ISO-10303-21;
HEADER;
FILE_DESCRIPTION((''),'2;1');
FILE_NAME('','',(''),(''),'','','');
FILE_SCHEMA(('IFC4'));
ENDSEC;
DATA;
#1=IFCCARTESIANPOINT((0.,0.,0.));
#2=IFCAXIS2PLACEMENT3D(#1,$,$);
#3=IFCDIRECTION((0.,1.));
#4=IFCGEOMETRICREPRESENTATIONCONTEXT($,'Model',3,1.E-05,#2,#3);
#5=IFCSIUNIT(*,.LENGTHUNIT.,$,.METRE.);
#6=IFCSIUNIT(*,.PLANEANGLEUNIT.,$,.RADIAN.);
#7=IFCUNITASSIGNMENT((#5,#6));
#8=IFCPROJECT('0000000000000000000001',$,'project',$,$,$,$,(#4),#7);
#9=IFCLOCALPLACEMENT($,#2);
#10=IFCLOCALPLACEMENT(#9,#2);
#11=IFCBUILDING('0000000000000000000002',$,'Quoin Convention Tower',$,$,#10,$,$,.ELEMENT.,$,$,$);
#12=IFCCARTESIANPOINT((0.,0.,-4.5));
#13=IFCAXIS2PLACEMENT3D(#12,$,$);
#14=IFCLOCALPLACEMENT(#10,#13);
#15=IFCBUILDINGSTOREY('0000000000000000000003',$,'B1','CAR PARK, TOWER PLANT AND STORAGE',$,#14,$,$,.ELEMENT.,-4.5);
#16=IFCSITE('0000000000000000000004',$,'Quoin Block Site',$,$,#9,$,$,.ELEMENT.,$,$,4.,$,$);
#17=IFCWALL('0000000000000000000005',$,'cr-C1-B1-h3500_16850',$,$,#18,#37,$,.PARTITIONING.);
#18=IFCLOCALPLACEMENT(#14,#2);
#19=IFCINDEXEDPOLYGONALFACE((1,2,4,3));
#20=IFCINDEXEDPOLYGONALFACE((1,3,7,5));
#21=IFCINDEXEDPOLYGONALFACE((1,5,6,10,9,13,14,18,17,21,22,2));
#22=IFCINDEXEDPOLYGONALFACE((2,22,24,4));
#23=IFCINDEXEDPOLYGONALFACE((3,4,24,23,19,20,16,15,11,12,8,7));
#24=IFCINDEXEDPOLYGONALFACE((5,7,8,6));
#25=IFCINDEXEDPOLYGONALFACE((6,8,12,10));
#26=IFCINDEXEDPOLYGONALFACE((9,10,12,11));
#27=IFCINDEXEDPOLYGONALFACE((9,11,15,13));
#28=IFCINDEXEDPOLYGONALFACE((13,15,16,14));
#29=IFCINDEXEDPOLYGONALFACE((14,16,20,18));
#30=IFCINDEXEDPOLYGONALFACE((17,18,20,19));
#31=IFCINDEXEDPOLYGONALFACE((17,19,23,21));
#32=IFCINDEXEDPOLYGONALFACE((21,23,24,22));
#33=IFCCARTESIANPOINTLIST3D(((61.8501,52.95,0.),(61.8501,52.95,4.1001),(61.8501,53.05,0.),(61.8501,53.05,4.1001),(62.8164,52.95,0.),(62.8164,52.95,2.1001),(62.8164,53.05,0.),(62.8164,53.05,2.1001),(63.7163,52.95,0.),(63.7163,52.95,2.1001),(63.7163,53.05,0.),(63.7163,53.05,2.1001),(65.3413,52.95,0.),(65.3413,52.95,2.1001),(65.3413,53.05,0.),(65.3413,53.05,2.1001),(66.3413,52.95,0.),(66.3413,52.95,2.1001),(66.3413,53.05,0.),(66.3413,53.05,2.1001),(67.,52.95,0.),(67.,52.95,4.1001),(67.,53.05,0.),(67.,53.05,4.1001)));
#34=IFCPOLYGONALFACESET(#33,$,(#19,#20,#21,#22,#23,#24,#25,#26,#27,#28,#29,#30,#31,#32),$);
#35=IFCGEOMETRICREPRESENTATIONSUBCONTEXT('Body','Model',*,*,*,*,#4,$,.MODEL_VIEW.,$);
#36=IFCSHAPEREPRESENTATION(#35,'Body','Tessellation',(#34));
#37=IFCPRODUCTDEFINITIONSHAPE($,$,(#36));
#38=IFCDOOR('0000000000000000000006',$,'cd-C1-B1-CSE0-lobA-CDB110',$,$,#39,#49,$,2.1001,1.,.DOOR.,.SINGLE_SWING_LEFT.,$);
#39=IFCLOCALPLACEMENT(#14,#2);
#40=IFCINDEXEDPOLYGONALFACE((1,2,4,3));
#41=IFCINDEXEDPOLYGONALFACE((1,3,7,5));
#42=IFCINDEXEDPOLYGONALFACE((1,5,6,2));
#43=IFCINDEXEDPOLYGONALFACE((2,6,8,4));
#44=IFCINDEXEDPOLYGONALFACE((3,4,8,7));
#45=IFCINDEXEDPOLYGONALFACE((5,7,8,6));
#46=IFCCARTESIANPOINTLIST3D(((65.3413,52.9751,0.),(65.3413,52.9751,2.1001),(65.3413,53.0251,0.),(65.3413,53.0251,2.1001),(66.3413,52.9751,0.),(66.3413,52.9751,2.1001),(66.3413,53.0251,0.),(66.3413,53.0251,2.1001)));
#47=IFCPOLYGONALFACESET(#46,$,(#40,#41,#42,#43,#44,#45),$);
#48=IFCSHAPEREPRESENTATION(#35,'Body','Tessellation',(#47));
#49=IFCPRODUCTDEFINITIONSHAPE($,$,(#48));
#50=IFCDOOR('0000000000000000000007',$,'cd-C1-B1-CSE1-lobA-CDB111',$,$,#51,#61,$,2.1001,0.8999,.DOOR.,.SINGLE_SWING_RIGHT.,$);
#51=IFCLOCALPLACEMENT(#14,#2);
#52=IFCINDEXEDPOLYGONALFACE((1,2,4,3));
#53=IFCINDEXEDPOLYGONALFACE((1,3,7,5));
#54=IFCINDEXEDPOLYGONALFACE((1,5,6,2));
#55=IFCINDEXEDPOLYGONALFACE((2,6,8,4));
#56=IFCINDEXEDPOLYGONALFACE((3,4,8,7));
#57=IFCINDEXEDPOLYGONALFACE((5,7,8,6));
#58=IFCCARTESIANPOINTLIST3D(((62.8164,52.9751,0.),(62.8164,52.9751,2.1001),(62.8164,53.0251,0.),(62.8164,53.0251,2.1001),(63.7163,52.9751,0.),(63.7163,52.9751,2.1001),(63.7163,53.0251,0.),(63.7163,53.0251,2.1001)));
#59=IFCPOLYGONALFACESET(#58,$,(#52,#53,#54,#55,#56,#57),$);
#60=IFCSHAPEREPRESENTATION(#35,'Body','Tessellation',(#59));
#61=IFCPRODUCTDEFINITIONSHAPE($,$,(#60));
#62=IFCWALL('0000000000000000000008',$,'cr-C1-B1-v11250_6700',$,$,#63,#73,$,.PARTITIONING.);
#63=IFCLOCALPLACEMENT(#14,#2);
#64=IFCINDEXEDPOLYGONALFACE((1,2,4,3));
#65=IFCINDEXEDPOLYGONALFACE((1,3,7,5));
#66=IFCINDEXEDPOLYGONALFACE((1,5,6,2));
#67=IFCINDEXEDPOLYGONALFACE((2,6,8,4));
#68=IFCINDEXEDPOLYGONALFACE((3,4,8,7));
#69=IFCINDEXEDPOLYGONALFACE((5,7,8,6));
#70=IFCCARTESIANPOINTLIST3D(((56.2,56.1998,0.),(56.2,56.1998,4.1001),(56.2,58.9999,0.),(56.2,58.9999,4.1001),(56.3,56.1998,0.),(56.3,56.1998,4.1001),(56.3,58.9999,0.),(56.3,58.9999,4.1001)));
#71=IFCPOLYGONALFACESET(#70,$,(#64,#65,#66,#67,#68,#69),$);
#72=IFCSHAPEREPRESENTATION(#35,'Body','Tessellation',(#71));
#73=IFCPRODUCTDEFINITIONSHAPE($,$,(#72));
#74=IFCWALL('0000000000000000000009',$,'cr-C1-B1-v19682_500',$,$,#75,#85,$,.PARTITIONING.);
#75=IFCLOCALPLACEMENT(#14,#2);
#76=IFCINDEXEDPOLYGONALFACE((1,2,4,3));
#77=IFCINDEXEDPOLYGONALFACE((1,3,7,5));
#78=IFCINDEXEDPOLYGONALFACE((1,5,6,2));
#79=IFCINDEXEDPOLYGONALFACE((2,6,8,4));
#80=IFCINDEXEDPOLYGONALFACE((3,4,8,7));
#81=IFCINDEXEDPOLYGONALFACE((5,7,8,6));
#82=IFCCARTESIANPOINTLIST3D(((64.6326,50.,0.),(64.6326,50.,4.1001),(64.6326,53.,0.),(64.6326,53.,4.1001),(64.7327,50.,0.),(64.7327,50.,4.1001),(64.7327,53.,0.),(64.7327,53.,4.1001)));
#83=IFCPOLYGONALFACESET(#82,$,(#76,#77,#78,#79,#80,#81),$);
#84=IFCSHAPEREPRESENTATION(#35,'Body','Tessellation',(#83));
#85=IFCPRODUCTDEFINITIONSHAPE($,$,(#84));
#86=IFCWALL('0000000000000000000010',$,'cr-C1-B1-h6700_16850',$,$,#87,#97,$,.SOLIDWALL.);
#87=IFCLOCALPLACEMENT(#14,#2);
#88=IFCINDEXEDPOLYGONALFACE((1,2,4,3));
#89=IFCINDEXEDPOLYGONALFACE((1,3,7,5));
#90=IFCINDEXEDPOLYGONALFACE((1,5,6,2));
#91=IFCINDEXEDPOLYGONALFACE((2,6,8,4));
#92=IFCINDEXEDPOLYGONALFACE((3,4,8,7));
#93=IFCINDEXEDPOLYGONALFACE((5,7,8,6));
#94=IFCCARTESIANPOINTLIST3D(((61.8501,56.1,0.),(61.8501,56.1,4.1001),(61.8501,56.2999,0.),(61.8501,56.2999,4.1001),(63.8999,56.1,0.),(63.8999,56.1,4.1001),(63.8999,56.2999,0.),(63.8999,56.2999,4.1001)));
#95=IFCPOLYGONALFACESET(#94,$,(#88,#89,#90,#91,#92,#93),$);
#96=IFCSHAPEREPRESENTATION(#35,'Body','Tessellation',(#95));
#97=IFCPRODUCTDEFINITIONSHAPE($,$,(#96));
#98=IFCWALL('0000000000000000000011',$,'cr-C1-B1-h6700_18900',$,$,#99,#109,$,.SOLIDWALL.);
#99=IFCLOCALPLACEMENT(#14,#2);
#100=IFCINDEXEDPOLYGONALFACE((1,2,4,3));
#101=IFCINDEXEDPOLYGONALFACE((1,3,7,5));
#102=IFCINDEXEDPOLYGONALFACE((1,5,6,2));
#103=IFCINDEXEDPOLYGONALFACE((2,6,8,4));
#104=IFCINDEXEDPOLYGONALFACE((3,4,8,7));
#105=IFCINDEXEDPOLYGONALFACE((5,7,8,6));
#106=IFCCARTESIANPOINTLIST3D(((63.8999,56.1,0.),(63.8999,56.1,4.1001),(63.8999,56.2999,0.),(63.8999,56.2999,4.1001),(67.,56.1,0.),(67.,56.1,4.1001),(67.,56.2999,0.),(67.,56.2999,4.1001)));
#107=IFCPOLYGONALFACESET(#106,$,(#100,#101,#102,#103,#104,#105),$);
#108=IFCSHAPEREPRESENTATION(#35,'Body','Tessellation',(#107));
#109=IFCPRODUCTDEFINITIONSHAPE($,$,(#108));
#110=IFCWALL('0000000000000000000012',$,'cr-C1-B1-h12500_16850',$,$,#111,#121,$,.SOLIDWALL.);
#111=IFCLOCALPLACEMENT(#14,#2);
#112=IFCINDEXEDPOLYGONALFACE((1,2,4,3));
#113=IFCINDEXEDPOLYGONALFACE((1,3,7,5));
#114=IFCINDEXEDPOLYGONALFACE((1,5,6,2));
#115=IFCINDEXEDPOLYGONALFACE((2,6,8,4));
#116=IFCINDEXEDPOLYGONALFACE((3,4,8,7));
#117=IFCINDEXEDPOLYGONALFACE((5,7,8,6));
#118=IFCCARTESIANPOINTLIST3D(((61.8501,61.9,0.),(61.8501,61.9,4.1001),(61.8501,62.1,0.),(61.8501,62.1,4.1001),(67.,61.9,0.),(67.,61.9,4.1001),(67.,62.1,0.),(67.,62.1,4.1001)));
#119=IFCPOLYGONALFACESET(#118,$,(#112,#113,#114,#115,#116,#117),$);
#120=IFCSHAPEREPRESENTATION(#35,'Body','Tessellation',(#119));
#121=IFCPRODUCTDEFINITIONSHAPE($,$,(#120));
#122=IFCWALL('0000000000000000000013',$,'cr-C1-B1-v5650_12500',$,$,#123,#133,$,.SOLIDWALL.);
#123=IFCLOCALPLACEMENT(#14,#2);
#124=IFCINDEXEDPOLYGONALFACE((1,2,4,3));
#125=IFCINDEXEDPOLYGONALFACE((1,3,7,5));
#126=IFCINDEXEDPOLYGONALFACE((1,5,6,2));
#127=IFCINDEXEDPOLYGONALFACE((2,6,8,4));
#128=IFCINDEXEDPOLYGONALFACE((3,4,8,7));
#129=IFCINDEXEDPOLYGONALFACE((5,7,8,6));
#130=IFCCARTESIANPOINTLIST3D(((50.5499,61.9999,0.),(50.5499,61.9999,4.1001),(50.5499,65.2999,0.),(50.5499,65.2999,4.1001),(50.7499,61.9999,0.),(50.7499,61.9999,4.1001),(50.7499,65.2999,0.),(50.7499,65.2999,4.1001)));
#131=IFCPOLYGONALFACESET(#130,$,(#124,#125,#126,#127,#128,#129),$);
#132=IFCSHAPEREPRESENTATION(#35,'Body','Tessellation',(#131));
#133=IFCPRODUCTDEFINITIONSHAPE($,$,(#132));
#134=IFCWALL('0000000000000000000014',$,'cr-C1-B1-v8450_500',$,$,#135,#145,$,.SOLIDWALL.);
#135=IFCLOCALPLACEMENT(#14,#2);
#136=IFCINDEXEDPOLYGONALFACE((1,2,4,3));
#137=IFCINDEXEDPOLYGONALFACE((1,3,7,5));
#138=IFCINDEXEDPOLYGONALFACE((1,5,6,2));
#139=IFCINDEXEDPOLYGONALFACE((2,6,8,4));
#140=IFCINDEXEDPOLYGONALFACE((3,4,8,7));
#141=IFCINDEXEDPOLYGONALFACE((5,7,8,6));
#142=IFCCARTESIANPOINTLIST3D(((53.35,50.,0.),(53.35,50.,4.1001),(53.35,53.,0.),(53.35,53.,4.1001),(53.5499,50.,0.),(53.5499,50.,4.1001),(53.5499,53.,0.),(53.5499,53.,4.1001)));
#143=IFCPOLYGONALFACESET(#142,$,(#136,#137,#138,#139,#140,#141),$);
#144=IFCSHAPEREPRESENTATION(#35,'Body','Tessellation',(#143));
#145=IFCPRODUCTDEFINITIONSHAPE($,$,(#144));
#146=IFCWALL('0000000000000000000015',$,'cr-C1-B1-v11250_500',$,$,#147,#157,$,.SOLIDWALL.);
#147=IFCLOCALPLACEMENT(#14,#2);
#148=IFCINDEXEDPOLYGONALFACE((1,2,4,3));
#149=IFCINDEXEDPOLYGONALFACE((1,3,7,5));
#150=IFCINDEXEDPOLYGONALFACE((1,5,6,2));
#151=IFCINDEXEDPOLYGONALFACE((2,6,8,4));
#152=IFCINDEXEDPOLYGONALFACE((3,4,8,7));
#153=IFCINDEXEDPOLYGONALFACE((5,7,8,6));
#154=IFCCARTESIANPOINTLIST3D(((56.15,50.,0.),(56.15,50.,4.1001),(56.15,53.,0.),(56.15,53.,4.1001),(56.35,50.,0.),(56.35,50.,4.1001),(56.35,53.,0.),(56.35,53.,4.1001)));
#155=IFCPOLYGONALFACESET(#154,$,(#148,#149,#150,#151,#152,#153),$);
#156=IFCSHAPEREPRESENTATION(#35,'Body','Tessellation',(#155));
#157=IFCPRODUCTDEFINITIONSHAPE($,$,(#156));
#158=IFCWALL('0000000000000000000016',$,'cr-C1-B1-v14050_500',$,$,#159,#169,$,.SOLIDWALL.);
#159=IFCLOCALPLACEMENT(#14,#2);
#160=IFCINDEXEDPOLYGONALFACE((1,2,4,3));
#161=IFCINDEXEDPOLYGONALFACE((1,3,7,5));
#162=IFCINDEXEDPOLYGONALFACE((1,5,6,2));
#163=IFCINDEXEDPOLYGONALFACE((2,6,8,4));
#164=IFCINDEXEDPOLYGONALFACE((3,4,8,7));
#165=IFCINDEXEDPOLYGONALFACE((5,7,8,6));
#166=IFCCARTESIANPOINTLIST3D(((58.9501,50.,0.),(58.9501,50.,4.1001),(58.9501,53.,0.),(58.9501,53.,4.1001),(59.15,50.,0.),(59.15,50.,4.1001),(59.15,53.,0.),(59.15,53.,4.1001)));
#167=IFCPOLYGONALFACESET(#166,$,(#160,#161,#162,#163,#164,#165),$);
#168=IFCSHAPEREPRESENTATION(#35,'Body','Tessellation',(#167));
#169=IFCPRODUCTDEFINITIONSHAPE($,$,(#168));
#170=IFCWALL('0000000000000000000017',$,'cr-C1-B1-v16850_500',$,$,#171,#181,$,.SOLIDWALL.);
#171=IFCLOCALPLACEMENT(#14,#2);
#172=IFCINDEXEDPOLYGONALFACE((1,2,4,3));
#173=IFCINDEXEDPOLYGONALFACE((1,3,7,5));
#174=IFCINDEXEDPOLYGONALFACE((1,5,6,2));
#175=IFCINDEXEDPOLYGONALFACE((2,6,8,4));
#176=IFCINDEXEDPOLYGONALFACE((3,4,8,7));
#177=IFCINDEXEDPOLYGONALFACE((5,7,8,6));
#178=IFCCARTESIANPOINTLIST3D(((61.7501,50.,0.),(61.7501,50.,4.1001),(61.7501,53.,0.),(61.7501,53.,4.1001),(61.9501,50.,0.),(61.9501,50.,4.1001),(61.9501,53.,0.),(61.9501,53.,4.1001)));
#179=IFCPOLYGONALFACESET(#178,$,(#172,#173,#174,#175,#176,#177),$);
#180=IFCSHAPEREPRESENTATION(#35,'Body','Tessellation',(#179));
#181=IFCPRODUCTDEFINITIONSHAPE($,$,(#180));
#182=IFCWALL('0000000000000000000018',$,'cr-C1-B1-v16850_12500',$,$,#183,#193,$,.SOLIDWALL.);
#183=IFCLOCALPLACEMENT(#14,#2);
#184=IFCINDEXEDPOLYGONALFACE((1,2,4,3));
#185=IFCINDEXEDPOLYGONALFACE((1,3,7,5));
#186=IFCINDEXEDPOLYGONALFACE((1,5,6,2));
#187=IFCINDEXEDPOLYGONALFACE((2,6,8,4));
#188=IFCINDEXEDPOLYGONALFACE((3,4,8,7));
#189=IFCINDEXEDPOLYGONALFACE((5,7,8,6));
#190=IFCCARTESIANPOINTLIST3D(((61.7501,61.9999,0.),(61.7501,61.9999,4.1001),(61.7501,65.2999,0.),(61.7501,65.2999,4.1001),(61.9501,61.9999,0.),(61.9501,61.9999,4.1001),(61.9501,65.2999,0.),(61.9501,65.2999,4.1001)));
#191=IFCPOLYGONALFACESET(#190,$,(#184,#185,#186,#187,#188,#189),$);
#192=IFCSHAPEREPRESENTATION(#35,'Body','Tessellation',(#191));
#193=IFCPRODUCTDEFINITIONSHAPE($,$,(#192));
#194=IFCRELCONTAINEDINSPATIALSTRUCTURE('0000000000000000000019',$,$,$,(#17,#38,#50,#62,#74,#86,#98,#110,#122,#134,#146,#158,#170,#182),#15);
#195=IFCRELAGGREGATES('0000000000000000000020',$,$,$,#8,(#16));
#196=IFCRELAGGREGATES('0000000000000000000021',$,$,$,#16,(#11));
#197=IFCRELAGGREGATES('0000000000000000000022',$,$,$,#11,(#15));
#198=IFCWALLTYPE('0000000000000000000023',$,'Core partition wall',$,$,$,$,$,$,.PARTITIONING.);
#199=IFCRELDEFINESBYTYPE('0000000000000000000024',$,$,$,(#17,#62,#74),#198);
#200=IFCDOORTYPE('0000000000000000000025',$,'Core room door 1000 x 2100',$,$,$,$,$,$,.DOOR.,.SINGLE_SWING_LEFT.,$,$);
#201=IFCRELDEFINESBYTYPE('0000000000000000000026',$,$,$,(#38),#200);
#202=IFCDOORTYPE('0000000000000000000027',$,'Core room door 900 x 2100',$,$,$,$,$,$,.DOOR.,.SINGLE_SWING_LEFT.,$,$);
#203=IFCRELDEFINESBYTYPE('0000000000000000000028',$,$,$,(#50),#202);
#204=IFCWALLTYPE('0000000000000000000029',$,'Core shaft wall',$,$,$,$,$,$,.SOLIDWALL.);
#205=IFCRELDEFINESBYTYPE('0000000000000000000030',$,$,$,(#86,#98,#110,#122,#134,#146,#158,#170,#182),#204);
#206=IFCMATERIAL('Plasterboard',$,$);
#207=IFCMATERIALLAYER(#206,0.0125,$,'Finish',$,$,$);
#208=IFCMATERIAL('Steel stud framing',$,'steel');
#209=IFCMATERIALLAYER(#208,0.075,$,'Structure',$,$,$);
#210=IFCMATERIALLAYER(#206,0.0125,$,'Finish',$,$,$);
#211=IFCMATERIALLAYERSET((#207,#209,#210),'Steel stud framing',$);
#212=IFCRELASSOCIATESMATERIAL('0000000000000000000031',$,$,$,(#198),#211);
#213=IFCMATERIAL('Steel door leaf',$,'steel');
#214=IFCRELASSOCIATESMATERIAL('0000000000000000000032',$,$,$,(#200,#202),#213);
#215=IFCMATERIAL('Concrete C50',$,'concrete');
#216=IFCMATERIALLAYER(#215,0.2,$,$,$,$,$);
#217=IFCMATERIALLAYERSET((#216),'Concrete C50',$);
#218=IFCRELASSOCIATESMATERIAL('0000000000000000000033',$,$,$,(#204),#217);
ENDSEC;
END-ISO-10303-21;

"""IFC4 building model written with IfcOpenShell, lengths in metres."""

from ifc_helpers import new_model, si_unit, direction, frame, frame_2d, origin, place, context, subcontext, project, spatial, rectangle, extrude, material, layer, layer_set, type_object, element, fill, save


model = new_model("IFC4")

# Units and contexts
model_context = context("Model", 3, precision=1e-05, world=origin(), true_north=direction((0.0, 1.0)))
body_context = subcontext(model_context, "Body", "Model", "MODEL_VIEW")
ifc_project = project(units=[si_unit("LENGTHUNIT", "METRE"), si_unit("PLANEANGLEUNIT", "RADIAN")], contexts=[model_context])

# Site, building, storey
site_placement = place(None, origin())
site = spatial("IfcSite", under=ifc_project, at=site_placement, Name="Quoin Block Site", CompositionType="ELEMENT", RefElevation=4.0)
building_placement = place(site_placement, origin())
building = spatial("IfcBuilding", under=site, at=building_placement, Name="Quoin Convention Tower", CompositionType="ELEMENT")
storey_placement = place(building_placement, frame((0.0, 0.0, -4.5)))
storey = spatial("IfcBuildingStorey", under=building, at=storey_placement, Name="B1", Description="CAR PARK, TOWER PLANT AND STORAGE", CompositionType="ELEMENT", Elevation=-4.5)

# Wall, openings, doors
ifc_material_1 = material(Name="Plasterboard")
ifc_layer_1 = layer(ifc_material_1, 0.0125, Name="Finish")
ifc_material_2 = material(Name="Steel stud framing", Category="steel")
ifc_layer_2 = layer(ifc_material_2, 0.075, Name="Structure")
ifc_layer_3 = layer(ifc_material_1, 0.0125, Name="Finish")
ifc_layer_set_1 = layer_set([ifc_layer_1, ifc_layer_2, ifc_layer_3], Name="Steel stud framing")
wall_type_1 = type_object("IfcWallType", Name="Core partition wall", PredefinedType="PARTITIONING", material=ifc_layer_set_1)
wall_1_placement = place(storey_placement, frame((61.8501, 53.0, 0.0), z_axis=(0.0, 0.0, 1.0), x_axis=(1.0, 0.0, 0.0)))
wall_1 = element("IfcWall", 1, at=wall_1_placement, inside=storey, type_object=wall_type_1, Name="cr-C1-B1-h3500_16850", PredefinedType="PARTITIONING", context=body_context, shape_type="SweptSolid", body=[
    extrude(rectangle(XDim=5.1499, YDim=0.1001, at=frame_2d((2.575, 0.0))), origin(), (0.0, 0.0, 1.0), 4.1001),
])
opening_1_placement = place(wall_1_placement, frame((3.4912, 0.0, 0.0)))
opening_1 = element("IfcOpeningElement", 2, at=opening_1_placement, cuts=wall_1, PredefinedType="OPENING", context=body_context, shape_type="SweptSolid", body=[
    extrude(rectangle(XDim=1.0, YDim=2.1001, at=frame_2d((0.5, 1.05))), frame((0.0, 0.0601, 0.0), z_axis=(0.0, -1.0, 0.0), x_axis=(1.0, 0.0, 0.0)), (0.0, 0.0, 1.0), 0.1201),
])
opening_2_placement = place(wall_1_placement, frame((0.9663, 0.0, 0.0)))
opening_2 = element("IfcOpeningElement", 3, at=opening_2_placement, cuts=wall_1, PredefinedType="OPENING", context=body_context, shape_type="SweptSolid", body=[
    extrude(rectangle(XDim=0.8999, YDim=2.1001, at=frame_2d((0.45, 1.05))), frame((0.0, 0.0601, 0.0), z_axis=(0.0, -1.0, 0.0), x_axis=(1.0, 0.0, 0.0)), (0.0, 0.0, 1.0), 0.1201),
])
ifc_material_3 = material(Name="Steel door leaf", Category="steel")
door_type_1 = type_object("IfcDoorType", Name="Core room door 1000 x 2100", OperationType="SINGLE_SWING_LEFT", PredefinedType="DOOR", material=ifc_material_3)
door_1_placement = place(opening_1_placement, frame((1.0, 0.0, 0.0), z_axis=(0.0, 0.0, 1.0), x_axis=(-1.0, 0.0, 0.0)))
door_1 = element("IfcDoor", 4, at=door_1_placement, inside=storey, type_object=door_type_1, Name="cd-C1-B1-CSE0-lobA-CDB110", OperationType="SINGLE_SWING_LEFT", OverallHeight=2.1001, OverallWidth=1.0, PredefinedType="DOOR", context=body_context, shape_type="SweptSolid", body=[
    extrude(rectangle(XDim=1.0, YDim=2.1001, at=frame_2d((0.5, 1.05))), frame((0.0, 0.0249, 0.0), z_axis=(0.0, -1.0, 0.0), x_axis=(1.0, 0.0, 0.0)), (0.0, 0.0, 1.0), 0.05),
])
fill(opening_1, door_1)
door_type_2 = type_object("IfcDoorType", Name="Core room door 900 x 2100", OperationType="SINGLE_SWING_LEFT", PredefinedType="DOOR", material=ifc_material_3)
door_2_placement = place(opening_2_placement, frame((0.8999, 0.0, 0.0), z_axis=(0.0, 0.0, 1.0), x_axis=(-1.0, 0.0, 0.0)))
door_2 = element("IfcDoor", 5, at=door_2_placement, inside=storey, type_object=door_type_2, Name="cd-C1-B1-CSE1-lobA-CDB111", OperationType="SINGLE_SWING_RIGHT", OverallHeight=2.1001, OverallWidth=0.8999, PredefinedType="DOOR", context=body_context, shape_type="SweptSolid", body=[
    extrude(rectangle(XDim=0.8999, YDim=2.1001, at=frame_2d((0.45, 1.05))), frame((0.0, 0.0249, 0.0), z_axis=(0.0, -1.0, 0.0), x_axis=(1.0, 0.0, 0.0)), (0.0, 0.0, 1.0), 0.05),
])
fill(opening_2, door_2)

# Walls
wall_2_placement = place(storey_placement, frame((56.25, 56.2, 0.0), z_axis=(0.0, 0.0, 1.0), x_axis=(0.0, 1.0, 0.0)))
element("IfcWall", 6, at=wall_2_placement, inside=storey, type_object=wall_type_1, Name="cr-C1-B1-v11250_6700", PredefinedType="PARTITIONING", context=body_context, shape_type="SweptSolid", body=[
    extrude(rectangle(XDim=2.8, YDim=0.1001, at=frame_2d((1.3999, 0.0))), origin(), (0.0, 0.0, 1.0), 4.1001),
])
wall_3_placement = place(storey_placement, frame((64.6826, 50.0, 0.0), z_axis=(0.0, 0.0, 1.0), x_axis=(0.0, 1.0, 0.0)))
element("IfcWall", 7, at=wall_3_placement, inside=storey, type_object=wall_type_1, Name="cr-C1-B1-v19682_500", PredefinedType="PARTITIONING", context=body_context, shape_type="SweptSolid", body=[
    extrude(rectangle(XDim=3.0, YDim=0.1001, at=frame_2d((1.5, 0.0))), origin(), (0.0, 0.0, 1.0), 4.1001),
])
ifc_material_4 = material(Name="Concrete C50", Category="concrete")
ifc_layer_4 = layer(ifc_material_4, 0.2)
ifc_layer_set_2 = layer_set([ifc_layer_4], Name="Concrete C50")
wall_type_2 = type_object("IfcWallType", Name="Core shaft wall", PredefinedType="SOLIDWALL", material=ifc_layer_set_2)
wall_4_placement = place(storey_placement, frame((61.8501, 56.2, 0.0), z_axis=(0.0, 0.0, 1.0), x_axis=(1.0, 0.0, 0.0)))
element("IfcWall", 8, at=wall_4_placement, inside=storey, type_object=wall_type_2, Name="cr-C1-B1-h6700_16850", PredefinedType="SOLIDWALL", context=body_context, shape_type="SweptSolid", body=[
    extrude(rectangle(XDim=2.0498, YDim=0.2, at=frame_2d((1.0249, 0.0))), origin(), (0.0, 0.0, 1.0), 4.1001),
])
wall_5_placement = place(storey_placement, frame((63.8999, 56.2, 0.0), z_axis=(0.0, 0.0, 1.0), x_axis=(1.0, 0.0, 0.0)))
element("IfcWall", 9, at=wall_5_placement, inside=storey, type_object=wall_type_2, Name="cr-C1-B1-h6700_18900", PredefinedType="SOLIDWALL", context=body_context, shape_type="SweptSolid", body=[
    extrude(rectangle(XDim=3.1001, YDim=0.2, at=frame_2d((1.55, 0.0))), origin(), (0.0, 0.0, 1.0), 4.1001),
])
wall_6_placement = place(storey_placement, frame((61.8501, 62.0, 0.0), z_axis=(0.0, 0.0, 1.0), x_axis=(1.0, 0.0, 0.0)))
element("IfcWall", 10, at=wall_6_placement, inside=storey, type_object=wall_type_2, Name="cr-C1-B1-h12500_16850", PredefinedType="SOLIDWALL", context=body_context, shape_type="SweptSolid", body=[
    extrude(rectangle(XDim=5.1499, YDim=0.2, at=frame_2d((2.575, 0.0))), origin(), (0.0, 0.0, 1.0), 4.1001),
])
wall_7_placement = place(storey_placement, frame((50.6499, 62.0, 0.0), z_axis=(0.0, 0.0, 1.0), x_axis=(0.0, 1.0, 0.0)))
element("IfcWall", 11, at=wall_7_placement, inside=storey, type_object=wall_type_2, Name="cr-C1-B1-v5650_12500", PredefinedType="SOLIDWALL", context=body_context, shape_type="SweptSolid", body=[
    extrude(rectangle(XDim=3.3, YDim=0.2, at=frame_2d((1.6499, 0.0))), origin(), (0.0, 0.0, 1.0), 4.1001),
])
for number, where, z_axis, x_axis, name in (
    (12, (53.45, 50.0, 0.0), (0.0, 0.0, 1.0), (0.0, 1.0, 0.0), "cr-C1-B1-v8450_500"),
    (13, (56.25, 50.0, 0.0), (0.0, 0.0, 1.0), (0.0, 1.0, 0.0), "cr-C1-B1-v11250_500"),
    (14, (59.05, 50.0, 0.0), (0.0, 0.0, 1.0), (0.0, 1.0, 0.0), "cr-C1-B1-v14050_500"),
    (15, (61.8501, 50.0, 0.0), (0.0, 0.0, 1.0), (0.0, 1.0, 0.0), "cr-C1-B1-v16850_500"),
):
    element("IfcWall", number, at=place(storey_placement, frame(where, z_axis=z_axis, x_axis=x_axis)), inside=storey, type_object=wall_type_2, Name=name, PredefinedType="SOLIDWALL", context=body_context, shape_type="SweptSolid", body=[
        extrude(rectangle(XDim=3.0, YDim=0.2, at=frame_2d((1.5, 0.0))), origin(), (0.0, 0.0, 1.0), 4.1001),
    ])
wall_8_placement = place(storey_placement, frame((61.8501, 62.0, 0.0), z_axis=(0.0, 0.0, 1.0), x_axis=(0.0, 1.0, 0.0)))
element("IfcWall", 16, at=wall_8_placement, inside=storey, type_object=wall_type_2, Name="cr-C1-B1-v16850_12500", PredefinedType="SOLIDWALL", context=body_context, shape_type="SweptSolid", body=[
    extrude(rectangle(XDim=3.3, YDim=0.2, at=frame_2d((1.6499, 0.0))), origin(), (0.0, 0.0, 1.0), 4.1001),
])

save(model, "model.ifc")
